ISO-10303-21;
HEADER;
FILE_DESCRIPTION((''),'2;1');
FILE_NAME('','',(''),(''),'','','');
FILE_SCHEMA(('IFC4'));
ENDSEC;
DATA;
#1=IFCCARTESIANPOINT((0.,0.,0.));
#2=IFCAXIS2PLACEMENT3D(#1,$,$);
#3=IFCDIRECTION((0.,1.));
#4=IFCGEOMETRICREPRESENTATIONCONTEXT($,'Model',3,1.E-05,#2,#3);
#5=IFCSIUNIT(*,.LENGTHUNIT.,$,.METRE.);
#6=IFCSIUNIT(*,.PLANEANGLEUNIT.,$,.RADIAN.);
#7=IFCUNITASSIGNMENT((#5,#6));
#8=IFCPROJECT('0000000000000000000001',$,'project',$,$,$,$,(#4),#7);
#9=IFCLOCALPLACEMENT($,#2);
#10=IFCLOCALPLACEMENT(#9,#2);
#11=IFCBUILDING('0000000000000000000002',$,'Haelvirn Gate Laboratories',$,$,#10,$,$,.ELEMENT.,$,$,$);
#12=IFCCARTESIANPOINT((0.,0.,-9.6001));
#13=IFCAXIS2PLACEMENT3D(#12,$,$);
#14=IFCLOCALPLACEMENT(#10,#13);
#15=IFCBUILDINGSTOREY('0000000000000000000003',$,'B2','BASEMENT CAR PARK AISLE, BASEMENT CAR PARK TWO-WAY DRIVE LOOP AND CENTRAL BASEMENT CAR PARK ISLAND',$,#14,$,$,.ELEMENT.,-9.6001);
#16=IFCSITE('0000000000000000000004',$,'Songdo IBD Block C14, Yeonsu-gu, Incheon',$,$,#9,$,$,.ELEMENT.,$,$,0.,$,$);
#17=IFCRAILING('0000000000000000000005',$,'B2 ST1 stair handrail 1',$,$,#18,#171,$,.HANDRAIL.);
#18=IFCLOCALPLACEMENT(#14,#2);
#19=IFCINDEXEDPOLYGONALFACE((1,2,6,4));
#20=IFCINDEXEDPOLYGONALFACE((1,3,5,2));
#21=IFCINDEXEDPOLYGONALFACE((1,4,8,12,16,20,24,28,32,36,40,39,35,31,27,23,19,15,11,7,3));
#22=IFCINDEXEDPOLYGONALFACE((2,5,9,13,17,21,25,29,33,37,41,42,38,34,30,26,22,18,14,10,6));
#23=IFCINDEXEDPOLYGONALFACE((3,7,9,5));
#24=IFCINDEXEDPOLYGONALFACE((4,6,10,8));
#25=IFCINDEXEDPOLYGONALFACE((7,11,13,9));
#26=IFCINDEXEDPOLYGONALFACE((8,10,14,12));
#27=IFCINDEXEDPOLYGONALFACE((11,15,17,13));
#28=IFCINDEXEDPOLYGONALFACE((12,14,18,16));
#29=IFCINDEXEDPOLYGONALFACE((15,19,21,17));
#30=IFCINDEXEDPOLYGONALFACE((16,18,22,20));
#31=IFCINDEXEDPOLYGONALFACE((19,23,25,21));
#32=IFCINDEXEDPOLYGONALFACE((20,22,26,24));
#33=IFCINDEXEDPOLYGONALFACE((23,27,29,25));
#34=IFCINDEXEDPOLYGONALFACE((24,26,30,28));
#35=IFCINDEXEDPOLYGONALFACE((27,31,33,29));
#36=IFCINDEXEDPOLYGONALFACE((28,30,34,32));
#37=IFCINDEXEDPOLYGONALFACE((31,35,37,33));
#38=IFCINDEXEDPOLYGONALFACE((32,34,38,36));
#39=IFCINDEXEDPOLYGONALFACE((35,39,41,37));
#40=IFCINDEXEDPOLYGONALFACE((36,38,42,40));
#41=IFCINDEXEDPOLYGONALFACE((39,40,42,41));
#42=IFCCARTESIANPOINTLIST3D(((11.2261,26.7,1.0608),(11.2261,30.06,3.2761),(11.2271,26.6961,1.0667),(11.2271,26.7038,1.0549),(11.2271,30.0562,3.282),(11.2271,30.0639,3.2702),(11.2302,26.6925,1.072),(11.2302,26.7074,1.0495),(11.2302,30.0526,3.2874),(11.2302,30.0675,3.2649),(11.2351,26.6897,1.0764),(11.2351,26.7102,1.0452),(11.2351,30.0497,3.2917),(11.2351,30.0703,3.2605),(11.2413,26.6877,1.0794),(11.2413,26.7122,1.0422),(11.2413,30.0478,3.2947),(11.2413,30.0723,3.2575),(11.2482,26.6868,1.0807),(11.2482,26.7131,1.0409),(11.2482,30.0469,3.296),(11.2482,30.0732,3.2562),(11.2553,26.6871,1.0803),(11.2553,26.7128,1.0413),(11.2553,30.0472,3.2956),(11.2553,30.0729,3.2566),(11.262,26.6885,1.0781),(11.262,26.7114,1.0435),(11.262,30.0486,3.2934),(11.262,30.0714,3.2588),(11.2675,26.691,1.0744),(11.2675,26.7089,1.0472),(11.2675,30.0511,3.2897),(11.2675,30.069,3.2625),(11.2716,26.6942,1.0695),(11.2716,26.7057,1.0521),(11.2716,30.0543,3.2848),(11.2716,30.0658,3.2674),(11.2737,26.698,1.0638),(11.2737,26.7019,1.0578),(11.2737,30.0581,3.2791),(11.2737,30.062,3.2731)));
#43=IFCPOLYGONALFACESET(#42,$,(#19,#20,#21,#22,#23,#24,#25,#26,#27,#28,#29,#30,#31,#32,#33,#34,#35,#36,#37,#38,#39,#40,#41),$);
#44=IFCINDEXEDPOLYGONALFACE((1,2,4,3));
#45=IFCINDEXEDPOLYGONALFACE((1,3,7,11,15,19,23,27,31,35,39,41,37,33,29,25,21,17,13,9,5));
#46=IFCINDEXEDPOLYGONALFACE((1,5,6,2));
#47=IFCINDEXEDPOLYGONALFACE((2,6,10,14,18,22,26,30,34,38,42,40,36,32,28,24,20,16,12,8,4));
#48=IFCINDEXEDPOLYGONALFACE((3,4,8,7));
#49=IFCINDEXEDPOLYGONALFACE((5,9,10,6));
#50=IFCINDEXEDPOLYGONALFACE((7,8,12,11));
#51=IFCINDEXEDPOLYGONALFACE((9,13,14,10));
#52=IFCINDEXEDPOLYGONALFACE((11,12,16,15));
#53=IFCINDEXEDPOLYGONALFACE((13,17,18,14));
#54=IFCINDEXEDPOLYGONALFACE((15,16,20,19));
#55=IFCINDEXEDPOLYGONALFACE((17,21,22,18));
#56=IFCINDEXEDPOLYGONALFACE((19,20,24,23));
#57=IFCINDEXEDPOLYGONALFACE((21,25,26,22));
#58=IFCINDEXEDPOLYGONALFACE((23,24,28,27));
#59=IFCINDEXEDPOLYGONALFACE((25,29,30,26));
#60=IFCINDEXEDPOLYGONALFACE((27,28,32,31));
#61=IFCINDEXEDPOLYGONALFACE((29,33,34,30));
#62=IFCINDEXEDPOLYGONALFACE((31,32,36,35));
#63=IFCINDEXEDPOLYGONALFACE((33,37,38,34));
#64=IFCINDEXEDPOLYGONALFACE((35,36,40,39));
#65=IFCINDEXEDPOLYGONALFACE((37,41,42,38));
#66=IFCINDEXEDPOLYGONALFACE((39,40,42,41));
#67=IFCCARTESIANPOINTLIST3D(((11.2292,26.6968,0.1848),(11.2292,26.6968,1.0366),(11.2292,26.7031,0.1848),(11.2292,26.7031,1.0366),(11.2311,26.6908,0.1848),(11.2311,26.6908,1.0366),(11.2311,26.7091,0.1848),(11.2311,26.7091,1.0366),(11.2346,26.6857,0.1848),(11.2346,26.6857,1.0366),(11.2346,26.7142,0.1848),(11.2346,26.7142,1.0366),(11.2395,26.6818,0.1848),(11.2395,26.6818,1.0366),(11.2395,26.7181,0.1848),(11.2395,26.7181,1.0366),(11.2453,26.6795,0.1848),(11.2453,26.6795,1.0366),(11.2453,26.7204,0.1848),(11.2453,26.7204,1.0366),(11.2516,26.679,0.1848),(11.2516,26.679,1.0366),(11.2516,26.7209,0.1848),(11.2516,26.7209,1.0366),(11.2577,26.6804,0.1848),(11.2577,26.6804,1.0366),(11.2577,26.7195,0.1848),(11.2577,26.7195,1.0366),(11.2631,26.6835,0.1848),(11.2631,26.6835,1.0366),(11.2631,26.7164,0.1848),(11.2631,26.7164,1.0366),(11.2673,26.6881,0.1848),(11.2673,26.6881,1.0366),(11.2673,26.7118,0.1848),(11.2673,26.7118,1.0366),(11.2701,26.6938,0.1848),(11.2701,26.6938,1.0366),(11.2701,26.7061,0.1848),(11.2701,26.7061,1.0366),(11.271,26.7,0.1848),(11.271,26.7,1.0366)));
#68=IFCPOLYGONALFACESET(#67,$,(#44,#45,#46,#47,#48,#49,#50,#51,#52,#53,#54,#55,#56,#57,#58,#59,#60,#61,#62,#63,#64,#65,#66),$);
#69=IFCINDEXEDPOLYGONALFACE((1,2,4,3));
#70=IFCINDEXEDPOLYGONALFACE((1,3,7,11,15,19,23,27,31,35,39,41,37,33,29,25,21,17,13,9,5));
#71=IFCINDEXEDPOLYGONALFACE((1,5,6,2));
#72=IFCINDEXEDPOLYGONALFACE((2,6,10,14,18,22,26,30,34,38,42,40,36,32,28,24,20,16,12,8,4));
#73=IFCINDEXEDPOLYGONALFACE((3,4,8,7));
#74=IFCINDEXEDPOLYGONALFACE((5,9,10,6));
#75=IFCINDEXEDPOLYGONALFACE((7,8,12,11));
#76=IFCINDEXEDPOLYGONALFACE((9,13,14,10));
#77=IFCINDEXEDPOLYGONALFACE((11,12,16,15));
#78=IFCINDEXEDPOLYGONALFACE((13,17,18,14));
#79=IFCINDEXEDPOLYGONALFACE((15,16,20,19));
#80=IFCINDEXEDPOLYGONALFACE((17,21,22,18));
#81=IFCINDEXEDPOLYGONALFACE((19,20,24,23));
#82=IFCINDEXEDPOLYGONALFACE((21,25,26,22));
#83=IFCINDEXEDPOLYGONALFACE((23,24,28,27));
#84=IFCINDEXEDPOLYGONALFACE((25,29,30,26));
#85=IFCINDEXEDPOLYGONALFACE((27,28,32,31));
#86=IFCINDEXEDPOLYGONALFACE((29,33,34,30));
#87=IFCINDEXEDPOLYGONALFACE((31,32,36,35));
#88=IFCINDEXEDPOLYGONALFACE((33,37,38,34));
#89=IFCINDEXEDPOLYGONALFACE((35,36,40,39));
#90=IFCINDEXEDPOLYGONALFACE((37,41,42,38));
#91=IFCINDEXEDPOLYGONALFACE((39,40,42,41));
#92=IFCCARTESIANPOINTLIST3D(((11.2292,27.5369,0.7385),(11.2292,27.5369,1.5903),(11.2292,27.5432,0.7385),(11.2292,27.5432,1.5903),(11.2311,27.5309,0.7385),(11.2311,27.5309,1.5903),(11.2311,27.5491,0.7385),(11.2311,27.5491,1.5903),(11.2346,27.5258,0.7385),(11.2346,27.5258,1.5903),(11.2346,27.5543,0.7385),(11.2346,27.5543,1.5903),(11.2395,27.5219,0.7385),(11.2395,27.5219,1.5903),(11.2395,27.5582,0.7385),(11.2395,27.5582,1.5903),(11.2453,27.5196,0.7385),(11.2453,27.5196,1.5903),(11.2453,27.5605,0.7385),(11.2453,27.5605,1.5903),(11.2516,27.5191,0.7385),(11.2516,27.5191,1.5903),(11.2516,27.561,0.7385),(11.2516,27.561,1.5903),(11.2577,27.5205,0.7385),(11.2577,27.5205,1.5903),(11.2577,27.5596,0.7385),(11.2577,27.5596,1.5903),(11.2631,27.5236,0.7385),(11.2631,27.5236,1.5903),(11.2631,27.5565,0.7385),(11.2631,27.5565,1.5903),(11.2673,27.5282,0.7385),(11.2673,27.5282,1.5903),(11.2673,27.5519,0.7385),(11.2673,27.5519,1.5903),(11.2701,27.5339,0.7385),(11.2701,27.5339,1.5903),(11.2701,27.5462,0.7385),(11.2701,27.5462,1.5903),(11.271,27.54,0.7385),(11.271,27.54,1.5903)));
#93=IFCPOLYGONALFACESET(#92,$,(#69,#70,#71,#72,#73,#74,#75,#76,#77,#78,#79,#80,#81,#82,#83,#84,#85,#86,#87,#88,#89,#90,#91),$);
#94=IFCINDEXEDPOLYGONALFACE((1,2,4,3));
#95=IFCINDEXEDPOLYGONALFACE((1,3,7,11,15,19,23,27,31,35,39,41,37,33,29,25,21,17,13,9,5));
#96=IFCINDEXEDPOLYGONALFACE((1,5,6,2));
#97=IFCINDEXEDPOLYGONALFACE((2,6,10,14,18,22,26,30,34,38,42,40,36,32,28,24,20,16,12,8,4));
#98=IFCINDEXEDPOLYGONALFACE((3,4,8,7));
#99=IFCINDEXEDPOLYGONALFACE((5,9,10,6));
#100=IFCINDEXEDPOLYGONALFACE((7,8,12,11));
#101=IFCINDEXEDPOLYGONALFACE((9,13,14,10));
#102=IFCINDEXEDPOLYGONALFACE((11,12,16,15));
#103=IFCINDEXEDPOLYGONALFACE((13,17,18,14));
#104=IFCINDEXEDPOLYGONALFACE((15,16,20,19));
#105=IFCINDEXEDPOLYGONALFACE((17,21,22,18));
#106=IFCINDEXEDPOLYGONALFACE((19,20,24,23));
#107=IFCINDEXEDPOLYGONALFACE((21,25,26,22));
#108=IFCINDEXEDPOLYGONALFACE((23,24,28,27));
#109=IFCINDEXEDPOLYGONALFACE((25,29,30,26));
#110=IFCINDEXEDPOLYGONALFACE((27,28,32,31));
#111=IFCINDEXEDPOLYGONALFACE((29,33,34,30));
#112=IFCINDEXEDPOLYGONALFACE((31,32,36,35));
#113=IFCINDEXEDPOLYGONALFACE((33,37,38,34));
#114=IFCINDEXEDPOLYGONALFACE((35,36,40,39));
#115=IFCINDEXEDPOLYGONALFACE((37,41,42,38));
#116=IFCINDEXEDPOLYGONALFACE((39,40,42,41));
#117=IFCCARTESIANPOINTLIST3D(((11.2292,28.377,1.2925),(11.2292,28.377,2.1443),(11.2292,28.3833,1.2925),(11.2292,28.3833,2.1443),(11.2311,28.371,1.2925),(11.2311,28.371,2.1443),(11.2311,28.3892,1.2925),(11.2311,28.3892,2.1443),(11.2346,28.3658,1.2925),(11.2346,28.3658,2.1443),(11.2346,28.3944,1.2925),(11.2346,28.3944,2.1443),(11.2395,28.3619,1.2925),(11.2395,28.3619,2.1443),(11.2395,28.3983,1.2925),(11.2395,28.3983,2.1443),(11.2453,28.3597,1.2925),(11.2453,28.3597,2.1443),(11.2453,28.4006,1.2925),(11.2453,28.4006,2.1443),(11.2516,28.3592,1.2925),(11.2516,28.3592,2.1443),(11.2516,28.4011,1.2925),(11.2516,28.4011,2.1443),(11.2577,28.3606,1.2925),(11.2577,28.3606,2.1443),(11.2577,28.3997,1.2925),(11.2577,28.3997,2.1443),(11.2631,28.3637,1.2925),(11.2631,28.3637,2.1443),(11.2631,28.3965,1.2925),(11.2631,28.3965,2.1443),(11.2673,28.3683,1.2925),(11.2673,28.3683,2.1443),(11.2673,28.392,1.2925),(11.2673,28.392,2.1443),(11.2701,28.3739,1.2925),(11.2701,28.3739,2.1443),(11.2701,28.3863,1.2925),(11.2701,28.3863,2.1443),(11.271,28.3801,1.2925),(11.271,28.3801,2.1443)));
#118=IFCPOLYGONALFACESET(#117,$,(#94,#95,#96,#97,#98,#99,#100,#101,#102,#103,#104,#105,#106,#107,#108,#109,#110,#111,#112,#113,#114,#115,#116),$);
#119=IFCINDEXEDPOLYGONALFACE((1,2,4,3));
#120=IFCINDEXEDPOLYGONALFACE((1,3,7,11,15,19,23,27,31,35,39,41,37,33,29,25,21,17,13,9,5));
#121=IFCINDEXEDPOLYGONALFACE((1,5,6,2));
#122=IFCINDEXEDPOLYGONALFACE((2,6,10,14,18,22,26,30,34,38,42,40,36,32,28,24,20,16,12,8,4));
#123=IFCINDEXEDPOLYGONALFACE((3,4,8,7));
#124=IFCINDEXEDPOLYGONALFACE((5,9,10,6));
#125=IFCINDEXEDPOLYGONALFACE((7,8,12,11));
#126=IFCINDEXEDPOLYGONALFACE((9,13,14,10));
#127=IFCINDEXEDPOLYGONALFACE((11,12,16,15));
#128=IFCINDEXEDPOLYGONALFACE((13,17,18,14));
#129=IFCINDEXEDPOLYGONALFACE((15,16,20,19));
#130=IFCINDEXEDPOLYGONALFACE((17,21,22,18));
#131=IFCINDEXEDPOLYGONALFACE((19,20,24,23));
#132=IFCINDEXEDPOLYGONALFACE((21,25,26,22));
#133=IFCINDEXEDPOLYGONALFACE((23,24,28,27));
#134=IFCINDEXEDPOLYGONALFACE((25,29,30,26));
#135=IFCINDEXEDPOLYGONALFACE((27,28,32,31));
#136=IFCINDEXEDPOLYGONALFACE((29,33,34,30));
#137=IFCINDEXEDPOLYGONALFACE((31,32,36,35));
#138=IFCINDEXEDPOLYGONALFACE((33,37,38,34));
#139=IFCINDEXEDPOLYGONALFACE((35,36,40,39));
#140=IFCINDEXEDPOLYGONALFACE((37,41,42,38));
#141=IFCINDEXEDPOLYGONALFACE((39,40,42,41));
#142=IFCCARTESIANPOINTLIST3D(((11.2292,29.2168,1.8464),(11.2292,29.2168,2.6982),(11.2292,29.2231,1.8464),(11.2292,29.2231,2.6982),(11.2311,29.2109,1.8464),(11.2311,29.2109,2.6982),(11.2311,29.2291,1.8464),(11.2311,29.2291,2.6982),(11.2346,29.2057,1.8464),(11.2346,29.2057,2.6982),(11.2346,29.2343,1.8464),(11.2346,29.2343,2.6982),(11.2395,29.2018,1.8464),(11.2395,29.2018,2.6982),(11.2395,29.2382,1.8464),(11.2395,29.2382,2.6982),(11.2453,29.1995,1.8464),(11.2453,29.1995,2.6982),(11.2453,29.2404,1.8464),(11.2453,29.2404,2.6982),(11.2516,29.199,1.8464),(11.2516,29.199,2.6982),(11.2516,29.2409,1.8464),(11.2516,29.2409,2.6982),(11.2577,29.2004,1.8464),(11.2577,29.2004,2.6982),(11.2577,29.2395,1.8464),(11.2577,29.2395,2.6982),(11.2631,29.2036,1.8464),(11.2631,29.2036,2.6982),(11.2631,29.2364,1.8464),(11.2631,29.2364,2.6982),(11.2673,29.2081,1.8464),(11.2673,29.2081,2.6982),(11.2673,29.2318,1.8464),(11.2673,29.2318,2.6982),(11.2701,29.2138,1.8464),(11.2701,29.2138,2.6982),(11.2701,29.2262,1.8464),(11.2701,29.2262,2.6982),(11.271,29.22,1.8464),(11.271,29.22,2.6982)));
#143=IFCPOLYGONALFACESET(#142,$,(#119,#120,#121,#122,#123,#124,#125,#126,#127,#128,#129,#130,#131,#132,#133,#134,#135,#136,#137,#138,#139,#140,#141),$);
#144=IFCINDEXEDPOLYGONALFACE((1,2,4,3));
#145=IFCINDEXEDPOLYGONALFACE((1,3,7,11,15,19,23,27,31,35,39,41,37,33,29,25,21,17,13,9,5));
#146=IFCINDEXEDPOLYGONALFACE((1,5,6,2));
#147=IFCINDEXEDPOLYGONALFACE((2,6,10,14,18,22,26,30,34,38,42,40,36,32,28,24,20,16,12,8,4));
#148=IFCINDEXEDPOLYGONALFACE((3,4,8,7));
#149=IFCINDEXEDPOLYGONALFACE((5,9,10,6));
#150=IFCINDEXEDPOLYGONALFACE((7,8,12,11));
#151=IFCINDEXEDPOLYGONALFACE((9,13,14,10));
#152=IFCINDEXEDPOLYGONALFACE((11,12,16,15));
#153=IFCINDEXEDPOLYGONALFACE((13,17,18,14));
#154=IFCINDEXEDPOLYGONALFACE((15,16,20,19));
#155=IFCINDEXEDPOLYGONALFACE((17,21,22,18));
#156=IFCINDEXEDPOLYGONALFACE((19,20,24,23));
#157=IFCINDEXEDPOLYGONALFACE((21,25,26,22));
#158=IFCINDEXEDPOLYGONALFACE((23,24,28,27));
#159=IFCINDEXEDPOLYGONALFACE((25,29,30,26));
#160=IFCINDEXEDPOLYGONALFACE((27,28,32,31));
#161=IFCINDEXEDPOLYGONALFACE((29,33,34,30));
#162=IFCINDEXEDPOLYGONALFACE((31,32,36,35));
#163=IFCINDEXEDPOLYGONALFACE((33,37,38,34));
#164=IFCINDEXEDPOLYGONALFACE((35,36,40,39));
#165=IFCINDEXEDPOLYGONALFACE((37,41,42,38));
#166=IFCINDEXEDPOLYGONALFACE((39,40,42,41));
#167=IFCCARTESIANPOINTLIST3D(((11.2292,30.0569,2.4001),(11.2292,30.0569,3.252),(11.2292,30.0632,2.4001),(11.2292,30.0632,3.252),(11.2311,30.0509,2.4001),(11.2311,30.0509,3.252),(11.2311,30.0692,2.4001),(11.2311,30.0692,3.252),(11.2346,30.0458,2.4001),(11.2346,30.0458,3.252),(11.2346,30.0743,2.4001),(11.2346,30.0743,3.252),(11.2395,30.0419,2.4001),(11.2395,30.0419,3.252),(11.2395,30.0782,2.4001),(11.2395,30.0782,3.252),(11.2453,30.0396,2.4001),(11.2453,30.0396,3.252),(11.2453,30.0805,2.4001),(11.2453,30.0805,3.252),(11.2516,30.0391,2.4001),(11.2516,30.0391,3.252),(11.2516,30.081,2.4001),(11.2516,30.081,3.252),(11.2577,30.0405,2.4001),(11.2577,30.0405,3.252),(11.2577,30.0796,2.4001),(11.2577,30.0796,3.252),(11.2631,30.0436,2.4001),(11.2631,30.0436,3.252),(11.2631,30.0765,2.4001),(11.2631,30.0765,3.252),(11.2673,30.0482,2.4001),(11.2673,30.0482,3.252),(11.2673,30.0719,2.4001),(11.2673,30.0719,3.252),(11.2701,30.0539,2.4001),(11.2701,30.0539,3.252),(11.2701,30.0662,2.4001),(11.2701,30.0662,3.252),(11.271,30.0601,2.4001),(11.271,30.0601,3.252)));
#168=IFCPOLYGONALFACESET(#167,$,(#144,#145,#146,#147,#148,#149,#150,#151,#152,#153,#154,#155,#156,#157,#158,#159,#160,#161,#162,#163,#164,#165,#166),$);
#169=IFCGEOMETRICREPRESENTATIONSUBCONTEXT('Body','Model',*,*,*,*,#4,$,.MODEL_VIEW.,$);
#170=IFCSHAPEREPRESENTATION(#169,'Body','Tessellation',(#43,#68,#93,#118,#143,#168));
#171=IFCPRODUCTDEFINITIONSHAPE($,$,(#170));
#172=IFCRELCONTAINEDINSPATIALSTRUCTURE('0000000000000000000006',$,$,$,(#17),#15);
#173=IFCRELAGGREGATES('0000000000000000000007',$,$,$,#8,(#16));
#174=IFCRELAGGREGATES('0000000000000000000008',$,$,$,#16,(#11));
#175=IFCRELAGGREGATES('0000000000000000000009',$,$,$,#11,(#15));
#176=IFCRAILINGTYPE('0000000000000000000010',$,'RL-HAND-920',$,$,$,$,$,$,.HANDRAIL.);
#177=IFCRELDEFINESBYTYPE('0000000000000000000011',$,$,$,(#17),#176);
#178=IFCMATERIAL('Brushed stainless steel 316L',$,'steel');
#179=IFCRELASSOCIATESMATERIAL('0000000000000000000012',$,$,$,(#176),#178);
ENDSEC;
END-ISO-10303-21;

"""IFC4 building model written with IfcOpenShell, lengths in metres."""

from ifc_helpers import new_model, si_unit, direction, frame, origin, origin_2d, place, context, subcontext, project, spatial, circle, extrude, source, transform, mapped, material, type_object, element, save


model = new_model("IFC4")

# Units and contexts
model_context = context("Model", 3, precision=1e-05, world=origin(), true_north=direction((0.0, 1.0)))
body_context = subcontext(model_context, "Body", "Model", "MODEL_VIEW")
ifc_project = project(units=[si_unit("LENGTHUNIT", "METRE"), si_unit("PLANEANGLEUNIT", "RADIAN")], contexts=[model_context])

# Site, building, storey
site_placement = place(None, origin())
site = spatial("IfcSite", under=ifc_project, at=site_placement, Name="Songdo IBD Block C14, Yeonsu-gu, Incheon", CompositionType="ELEMENT", RefElevation=0.0)
building_placement = place(site_placement, origin())
building = spatial("IfcBuilding", under=site, at=building_placement, Name="Haelvirn Gate Laboratories", CompositionType="ELEMENT")
storey_placement = place(building_placement, frame((0.0, 0.0, -9.6001)))
storey = spatial("IfcBuildingStorey", under=building, at=storey_placement, Name="B2", Description="BASEMENT CAR PARK AISLE, BASEMENT CAR PARK TWO-WAY DRIVE LOOP AND CENTRAL BASEMENT CAR PARK ISLAND", CompositionType="ELEMENT", Elevation=-9.6001)

# Railing
ifc_material_1 = material(Name="Brushed stainless steel 316L", Category="steel")
railing_type_1 = type_object("IfcRailingType", Name="RL-HAND-920", PredefinedType="HANDRAIL", material=ifc_material_1)
shared_shape_1 = source(origin(), body_context, "Body", "SweptSolid", [
    extrude(circle(Radius=0.0239, at=origin_2d()), frame((0.0, 0.0, 0.876), z_axis=(0.0, 0.834876, 0.550437), x_axis=(-1.0, 0.0, 0.0)), (0.0, 0.0, 1.0), 4.0247),
    extrude(circle(Radius=0.021, at=origin_2d()), origin(), (0.0, 0.0, 1.0), 0.8518),
    extrude(circle(Radius=0.021, at=origin_2d()), frame((0.0, 0.8401, 0.5537)), (0.0, 0.0, 1.0), 0.8518),
    extrude(circle(Radius=0.021, at=origin_2d()), frame((0.0, 1.6802, 1.1077)), (0.0, 0.0, 1.0), 0.8518),
    extrude(circle(Radius=0.021, at=origin_2d()), frame((0.0, 2.52, 1.6616)), (0.0, 0.0, 1.0), 0.8518),
    extrude(circle(Radius=0.021, at=origin_2d()), frame((0.0, 3.3601, 2.2153)), (0.0, 0.0, 1.0), 0.8518),
])
railing_1_placement = place(storey_placement, frame((11.25, 26.7, 0.1848)))
element("IfcRailing", 1, at=railing_1_placement, inside=storey, type_object=railing_type_1, Name="B2 ST1 stair handrail 1", PredefinedType="HANDRAIL", context=body_context, shape_type="MappedRepresentation", body=[
    mapped(shared_shape_1, transform((0.0, 0.0, 0.0), scale=1.0)),
])

save(model, "model.ifc")
